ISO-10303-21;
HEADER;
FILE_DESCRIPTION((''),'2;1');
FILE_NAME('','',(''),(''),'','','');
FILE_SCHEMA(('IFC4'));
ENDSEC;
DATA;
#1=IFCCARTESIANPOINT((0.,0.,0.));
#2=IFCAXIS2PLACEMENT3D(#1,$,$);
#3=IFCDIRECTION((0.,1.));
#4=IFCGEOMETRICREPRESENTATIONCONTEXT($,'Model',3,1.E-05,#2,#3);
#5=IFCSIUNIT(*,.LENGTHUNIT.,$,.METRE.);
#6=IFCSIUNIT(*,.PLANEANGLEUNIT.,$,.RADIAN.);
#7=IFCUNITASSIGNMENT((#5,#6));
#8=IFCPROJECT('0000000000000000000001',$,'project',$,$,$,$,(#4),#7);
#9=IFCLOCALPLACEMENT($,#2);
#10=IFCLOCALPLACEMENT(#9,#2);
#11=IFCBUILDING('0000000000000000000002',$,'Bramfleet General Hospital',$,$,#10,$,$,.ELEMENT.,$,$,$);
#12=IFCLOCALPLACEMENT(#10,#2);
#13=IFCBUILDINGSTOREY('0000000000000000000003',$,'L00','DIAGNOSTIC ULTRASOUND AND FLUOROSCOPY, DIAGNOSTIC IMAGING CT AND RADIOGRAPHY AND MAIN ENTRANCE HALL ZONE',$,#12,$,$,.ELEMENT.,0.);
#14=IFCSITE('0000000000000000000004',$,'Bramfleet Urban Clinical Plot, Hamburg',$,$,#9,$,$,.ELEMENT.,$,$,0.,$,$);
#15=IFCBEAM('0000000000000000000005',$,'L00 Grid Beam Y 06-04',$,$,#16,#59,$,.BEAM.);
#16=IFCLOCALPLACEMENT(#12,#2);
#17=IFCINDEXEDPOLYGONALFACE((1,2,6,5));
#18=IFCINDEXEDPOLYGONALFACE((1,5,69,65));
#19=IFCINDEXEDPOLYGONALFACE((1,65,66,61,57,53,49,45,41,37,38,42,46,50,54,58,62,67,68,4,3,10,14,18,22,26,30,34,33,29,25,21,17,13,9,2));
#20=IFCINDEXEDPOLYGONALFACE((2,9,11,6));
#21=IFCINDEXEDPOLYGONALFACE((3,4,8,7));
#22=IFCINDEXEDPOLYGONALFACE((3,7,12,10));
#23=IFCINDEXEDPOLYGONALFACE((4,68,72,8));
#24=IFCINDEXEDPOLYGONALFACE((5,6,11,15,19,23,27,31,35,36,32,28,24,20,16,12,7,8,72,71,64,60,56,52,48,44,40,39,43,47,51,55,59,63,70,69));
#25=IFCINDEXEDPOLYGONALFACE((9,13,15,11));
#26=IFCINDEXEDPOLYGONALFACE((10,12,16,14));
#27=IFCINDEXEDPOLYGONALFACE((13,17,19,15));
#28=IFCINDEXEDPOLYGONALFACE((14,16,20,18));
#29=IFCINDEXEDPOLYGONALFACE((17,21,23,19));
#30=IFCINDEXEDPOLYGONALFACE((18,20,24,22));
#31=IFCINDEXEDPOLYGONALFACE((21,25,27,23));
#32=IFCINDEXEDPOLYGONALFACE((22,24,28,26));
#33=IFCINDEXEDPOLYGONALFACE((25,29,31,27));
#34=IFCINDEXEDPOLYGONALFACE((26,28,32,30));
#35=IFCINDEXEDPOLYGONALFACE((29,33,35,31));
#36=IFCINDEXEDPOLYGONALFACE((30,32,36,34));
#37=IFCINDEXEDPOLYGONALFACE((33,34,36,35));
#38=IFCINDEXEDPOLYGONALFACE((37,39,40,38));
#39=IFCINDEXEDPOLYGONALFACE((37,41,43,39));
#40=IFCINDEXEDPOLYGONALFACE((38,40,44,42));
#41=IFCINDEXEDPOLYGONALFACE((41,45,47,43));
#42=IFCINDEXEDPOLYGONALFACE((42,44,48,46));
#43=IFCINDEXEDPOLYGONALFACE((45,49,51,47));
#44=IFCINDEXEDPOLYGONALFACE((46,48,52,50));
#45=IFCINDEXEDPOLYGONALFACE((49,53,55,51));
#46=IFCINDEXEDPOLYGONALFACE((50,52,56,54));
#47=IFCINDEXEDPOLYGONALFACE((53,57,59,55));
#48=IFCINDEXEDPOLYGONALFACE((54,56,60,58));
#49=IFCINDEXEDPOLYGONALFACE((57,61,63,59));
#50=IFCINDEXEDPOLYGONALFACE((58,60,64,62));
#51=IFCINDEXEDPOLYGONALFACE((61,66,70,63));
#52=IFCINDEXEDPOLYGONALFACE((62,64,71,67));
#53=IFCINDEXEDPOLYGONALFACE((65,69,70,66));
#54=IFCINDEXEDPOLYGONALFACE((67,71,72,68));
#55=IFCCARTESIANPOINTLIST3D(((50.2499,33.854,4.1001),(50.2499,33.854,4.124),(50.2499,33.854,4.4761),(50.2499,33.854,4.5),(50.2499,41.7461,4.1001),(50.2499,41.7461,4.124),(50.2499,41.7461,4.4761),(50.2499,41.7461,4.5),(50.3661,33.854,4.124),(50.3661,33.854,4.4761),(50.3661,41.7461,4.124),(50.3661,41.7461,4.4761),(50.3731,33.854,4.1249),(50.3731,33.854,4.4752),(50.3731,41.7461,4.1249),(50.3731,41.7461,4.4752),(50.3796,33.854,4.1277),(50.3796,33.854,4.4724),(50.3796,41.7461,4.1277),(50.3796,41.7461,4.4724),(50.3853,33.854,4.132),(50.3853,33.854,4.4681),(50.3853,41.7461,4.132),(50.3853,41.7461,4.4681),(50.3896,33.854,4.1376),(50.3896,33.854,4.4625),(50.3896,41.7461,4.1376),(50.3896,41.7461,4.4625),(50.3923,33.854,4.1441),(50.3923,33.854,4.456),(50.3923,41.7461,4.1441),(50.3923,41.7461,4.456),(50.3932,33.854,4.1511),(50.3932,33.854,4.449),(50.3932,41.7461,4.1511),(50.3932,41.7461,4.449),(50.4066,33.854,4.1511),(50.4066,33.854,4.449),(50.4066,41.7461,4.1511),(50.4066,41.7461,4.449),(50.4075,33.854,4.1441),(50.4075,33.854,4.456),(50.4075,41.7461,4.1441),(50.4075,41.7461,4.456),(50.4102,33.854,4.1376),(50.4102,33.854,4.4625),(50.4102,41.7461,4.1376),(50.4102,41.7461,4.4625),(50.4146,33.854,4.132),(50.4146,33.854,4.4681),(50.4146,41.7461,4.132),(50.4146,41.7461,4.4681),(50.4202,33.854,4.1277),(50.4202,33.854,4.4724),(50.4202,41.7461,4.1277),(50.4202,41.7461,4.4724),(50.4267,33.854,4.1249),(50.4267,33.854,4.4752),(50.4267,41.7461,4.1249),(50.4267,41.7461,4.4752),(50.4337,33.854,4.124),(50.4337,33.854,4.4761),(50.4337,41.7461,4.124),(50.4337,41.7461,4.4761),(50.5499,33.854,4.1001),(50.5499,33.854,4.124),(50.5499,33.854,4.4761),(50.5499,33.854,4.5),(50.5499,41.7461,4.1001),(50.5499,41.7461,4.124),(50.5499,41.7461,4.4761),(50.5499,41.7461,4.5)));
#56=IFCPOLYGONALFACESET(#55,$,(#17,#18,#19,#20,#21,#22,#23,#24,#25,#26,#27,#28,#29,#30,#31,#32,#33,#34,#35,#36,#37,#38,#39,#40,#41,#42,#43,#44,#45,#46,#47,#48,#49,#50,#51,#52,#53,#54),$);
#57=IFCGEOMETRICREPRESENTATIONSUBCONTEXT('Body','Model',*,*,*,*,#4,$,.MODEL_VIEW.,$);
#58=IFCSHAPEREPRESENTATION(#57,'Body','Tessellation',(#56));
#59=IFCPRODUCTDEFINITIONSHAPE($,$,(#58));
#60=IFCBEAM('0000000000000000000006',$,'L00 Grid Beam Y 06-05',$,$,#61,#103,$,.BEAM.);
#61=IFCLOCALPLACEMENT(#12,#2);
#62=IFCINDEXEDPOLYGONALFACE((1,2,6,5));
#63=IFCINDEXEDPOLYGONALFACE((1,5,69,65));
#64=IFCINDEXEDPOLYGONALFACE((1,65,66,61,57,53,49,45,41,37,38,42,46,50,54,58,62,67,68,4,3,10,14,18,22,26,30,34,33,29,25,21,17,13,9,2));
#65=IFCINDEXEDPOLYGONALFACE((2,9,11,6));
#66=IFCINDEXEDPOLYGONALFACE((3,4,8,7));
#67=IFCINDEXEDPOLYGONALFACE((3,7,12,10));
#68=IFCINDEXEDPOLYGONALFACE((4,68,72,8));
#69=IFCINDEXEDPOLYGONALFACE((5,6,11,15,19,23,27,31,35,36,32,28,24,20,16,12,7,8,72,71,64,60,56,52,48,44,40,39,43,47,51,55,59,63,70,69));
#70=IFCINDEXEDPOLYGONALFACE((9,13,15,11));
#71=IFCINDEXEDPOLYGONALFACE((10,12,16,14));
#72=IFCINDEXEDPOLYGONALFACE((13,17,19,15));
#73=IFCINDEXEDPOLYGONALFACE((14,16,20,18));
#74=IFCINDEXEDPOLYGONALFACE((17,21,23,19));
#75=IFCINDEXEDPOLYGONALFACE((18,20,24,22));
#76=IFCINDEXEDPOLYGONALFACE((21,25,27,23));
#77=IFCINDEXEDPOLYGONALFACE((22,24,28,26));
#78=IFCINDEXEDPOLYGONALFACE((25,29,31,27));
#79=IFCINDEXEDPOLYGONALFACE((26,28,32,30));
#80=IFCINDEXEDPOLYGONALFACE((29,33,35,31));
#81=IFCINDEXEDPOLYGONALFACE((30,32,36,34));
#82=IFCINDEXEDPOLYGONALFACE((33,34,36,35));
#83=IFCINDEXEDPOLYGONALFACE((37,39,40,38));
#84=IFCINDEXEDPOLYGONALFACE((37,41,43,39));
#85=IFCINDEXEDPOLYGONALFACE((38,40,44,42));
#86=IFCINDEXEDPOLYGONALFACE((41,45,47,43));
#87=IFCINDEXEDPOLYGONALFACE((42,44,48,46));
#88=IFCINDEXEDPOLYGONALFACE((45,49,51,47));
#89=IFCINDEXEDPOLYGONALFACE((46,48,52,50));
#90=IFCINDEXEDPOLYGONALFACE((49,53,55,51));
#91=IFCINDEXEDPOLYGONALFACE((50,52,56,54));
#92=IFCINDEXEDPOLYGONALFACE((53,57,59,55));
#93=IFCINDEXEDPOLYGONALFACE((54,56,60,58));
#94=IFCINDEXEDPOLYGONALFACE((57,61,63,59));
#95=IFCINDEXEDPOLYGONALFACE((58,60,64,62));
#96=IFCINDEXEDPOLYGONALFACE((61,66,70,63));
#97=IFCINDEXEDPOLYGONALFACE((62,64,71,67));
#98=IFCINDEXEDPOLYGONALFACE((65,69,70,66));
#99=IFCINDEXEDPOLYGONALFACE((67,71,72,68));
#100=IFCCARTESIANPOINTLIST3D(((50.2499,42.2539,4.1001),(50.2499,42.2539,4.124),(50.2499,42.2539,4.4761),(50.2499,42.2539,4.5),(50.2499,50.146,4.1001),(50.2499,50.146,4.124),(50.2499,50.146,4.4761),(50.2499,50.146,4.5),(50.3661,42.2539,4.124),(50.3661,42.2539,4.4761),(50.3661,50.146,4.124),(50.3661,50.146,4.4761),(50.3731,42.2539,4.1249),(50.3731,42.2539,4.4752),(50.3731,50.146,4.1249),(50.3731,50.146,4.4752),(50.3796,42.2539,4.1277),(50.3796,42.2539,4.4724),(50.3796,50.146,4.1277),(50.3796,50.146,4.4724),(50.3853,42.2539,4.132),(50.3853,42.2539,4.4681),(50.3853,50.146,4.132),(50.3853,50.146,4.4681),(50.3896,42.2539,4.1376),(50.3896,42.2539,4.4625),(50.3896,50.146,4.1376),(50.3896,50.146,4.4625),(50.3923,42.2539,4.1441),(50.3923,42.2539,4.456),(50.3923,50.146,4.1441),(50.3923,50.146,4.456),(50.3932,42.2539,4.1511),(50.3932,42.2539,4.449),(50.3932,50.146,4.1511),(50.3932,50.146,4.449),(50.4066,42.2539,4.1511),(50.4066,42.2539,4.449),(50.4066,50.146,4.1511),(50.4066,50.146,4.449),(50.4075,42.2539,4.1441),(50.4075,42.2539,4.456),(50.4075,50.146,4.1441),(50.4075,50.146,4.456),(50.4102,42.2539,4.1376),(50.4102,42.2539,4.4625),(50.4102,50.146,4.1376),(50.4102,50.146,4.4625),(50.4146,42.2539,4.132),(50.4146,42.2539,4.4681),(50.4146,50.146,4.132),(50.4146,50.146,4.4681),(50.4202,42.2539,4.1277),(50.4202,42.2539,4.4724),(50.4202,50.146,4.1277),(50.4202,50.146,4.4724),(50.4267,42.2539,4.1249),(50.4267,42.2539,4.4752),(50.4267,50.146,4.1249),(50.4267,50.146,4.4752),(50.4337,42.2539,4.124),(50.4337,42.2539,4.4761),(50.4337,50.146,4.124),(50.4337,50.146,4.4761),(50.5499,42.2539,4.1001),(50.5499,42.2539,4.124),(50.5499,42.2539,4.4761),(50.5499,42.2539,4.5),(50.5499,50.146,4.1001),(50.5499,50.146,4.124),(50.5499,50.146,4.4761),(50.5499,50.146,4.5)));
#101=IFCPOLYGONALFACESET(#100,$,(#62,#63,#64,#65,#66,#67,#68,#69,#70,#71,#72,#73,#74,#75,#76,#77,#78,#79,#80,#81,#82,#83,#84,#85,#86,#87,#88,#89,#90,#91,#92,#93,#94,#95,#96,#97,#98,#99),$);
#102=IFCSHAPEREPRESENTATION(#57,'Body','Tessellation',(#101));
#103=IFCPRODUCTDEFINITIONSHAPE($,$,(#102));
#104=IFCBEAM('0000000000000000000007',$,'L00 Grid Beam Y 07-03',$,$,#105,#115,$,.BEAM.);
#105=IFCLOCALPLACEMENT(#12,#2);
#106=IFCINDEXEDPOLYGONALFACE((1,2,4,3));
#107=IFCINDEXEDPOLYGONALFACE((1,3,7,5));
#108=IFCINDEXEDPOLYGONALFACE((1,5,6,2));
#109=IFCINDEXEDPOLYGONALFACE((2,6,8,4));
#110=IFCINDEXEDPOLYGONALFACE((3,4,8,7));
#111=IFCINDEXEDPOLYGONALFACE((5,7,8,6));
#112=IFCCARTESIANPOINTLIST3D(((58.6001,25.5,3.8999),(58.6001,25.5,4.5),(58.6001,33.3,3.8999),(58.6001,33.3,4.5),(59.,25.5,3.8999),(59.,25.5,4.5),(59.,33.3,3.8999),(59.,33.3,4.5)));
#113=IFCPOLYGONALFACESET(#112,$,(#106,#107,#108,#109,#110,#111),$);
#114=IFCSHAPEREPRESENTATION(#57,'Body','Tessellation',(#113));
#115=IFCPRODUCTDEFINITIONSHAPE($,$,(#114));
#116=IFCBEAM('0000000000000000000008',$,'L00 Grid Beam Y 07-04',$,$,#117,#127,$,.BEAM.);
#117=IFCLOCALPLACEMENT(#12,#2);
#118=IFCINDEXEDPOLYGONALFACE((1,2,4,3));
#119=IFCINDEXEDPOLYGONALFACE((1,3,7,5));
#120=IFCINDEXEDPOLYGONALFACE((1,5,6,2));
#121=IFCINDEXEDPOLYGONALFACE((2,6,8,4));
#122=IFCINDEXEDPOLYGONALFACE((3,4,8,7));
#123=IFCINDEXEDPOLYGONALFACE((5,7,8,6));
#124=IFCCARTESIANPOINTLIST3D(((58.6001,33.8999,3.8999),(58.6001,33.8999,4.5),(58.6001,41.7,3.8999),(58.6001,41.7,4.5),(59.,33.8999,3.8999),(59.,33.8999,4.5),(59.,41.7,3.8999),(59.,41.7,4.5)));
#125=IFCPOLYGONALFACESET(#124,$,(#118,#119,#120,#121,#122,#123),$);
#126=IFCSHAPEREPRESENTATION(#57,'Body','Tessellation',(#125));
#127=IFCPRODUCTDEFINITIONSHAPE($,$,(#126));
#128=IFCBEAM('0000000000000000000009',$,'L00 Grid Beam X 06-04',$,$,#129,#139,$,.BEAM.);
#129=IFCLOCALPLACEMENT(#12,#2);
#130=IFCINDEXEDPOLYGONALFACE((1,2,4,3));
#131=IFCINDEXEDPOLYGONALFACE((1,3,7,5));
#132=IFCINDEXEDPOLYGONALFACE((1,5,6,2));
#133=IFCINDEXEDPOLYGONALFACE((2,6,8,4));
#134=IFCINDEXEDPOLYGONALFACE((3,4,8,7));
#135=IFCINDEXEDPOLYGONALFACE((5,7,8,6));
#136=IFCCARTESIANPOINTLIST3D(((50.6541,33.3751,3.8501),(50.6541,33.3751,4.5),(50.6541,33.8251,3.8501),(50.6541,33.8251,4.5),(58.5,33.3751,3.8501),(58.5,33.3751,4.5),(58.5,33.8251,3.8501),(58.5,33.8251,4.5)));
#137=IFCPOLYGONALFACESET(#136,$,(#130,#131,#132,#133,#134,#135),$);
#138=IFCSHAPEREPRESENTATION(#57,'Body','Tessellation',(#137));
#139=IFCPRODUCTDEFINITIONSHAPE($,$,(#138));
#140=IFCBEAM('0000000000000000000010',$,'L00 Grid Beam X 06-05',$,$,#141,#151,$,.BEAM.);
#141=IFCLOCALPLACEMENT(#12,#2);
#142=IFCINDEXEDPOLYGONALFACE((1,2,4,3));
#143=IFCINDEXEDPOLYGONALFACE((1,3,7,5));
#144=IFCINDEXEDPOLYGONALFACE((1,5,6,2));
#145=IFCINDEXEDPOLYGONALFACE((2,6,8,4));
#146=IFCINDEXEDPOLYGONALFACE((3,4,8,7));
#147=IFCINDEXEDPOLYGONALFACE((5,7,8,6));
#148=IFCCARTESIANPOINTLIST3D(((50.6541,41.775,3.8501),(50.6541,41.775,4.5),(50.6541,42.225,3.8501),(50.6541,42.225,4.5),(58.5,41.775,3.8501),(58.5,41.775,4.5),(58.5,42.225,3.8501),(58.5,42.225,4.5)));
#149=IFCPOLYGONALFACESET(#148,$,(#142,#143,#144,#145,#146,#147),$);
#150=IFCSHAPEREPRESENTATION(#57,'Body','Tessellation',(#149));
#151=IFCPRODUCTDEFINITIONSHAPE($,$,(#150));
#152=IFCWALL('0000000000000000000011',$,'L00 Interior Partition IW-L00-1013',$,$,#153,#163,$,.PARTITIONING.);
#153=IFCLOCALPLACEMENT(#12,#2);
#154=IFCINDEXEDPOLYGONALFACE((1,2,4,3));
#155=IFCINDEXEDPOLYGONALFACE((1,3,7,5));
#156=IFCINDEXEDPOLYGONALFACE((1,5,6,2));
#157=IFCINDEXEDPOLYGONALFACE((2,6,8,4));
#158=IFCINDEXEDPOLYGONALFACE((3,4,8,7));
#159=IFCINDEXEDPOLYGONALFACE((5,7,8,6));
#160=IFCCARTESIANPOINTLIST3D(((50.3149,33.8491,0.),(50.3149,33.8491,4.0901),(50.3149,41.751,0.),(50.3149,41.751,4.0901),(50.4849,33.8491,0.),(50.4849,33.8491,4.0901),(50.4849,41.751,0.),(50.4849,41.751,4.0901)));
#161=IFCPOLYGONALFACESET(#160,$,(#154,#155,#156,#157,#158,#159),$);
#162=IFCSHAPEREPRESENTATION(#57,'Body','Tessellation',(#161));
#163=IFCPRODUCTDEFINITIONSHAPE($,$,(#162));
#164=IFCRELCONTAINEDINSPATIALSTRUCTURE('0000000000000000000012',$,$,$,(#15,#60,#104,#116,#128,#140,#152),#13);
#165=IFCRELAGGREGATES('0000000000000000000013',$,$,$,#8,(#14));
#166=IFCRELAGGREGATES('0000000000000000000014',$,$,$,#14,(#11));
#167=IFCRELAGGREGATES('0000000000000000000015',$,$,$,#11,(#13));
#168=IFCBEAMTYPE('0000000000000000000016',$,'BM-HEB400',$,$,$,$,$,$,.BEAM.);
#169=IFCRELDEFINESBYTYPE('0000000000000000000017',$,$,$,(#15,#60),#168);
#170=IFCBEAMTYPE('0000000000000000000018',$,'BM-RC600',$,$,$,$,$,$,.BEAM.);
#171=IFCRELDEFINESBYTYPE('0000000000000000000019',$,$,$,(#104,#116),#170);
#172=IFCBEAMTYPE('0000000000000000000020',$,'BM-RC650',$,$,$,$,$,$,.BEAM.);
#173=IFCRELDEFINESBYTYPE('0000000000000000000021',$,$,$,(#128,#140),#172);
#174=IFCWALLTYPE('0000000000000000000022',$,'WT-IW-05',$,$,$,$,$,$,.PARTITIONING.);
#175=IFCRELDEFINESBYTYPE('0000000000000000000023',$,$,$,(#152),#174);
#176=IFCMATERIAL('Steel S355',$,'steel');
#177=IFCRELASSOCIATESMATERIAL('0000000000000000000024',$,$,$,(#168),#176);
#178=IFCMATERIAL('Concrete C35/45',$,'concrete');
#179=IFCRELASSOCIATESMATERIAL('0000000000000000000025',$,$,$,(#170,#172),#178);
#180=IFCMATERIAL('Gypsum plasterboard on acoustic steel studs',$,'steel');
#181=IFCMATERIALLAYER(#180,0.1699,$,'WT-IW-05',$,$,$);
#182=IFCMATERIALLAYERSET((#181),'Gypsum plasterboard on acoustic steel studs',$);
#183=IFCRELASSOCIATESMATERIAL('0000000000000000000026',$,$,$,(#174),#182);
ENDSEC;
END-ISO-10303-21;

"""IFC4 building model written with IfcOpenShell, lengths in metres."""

from ifc_helpers import new_model, si_unit, direction, frame, frame_2d, origin, origin_2d, place, context, subcontext, project, spatial, rectangle, i_section, extrude, material, layer, layer_set, material_profile, profile_set, type_object, element, save


model = new_model("IFC4")

# Units and contexts
model_context = context("Model", 3, precision=1e-05, world=origin(), true_north=direction((0.0, 1.0)))
body_context = subcontext(model_context, "Body", "Model", "MODEL_VIEW")
ifc_project = project(units=[si_unit("LENGTHUNIT", "METRE"), si_unit("PLANEANGLEUNIT", "RADIAN")], contexts=[model_context])

# Site, building, storey
site_placement = place(None, origin())
site = spatial("IfcSite", under=ifc_project, at=site_placement, Name="Bramfleet Urban Clinical Plot, Hamburg", CompositionType="ELEMENT", RefElevation=0.0)
building_placement = place(site_placement, origin())
building = spatial("IfcBuilding", under=site, at=building_placement, Name="Bramfleet General Hospital", CompositionType="ELEMENT")
storey_placement = place(building_placement, origin())
storey = spatial("IfcBuildingStorey", under=building, at=storey_placement, Name="L00", Description="DIAGNOSTIC ULTRASOUND AND FLUOROSCOPY, DIAGNOSTIC IMAGING CT AND RADIOGRAPHY AND MAIN ENTRANCE HALL ZONE", CompositionType="ELEMENT", Elevation=0.0)

# Shared definitions
ifc_material_1 = material(Name="Steel S355", Category="steel")

# Beams
ifc_material_profile_1 = material_profile(ifc_material_1, i_section(OverallWidth=0.3, OverallDepth=0.3999, WebThickness=0.0134, FlangeThickness=0.0239, FilletRadius=0.0271, at=origin_2d()), Name="HEB 400")
ifc_profile_set_1 = profile_set([ifc_material_profile_1], Name="Steel S355")
beam_type_1 = type_object("IfcBeamType", Name="BM-HEB400", PredefinedType="BEAM", material=ifc_profile_set_1)
for number, where, z_axis, x_axis, name in (
    (1, (50.3999, 33.854, 4.3), (0.0, 1.0, 0.0), (-1.0, 0.0, 0.0), "L00 Grid Beam Y 06-04"),
    (2, (50.3999, 42.2539, 4.3), (0.0, 1.0, 0.0), (-1.0, 0.0, 0.0), "L00 Grid Beam Y 06-05"),
):
    element("IfcBeam", number, at=place(storey_placement, frame(where, z_axis=z_axis, x_axis=x_axis)), inside=storey, type_object=beam_type_1, Name=name, PredefinedType="BEAM", context=body_context, shape_type="SweptSolid", body=[
        extrude(i_section(OverallWidth=0.3, OverallDepth=0.3999, WebThickness=0.0134, FlangeThickness=0.0239, FilletRadius=0.0271, at=origin_2d()), origin(), (0.0, 0.0, 1.0), 7.8921),
    ])
ifc_material_2 = material(Name="Concrete C35/45", Category="concrete")
ifc_material_profile_2 = material_profile(ifc_material_2, rectangle(XDim=0.3999, YDim=0.6001, at=origin_2d()), Name="RC BM 600x400")
ifc_profile_set_2 = profile_set([ifc_material_profile_2], Name="Concrete C35/45")
beam_type_2 = type_object("IfcBeamType", Name="BM-RC600", PredefinedType="BEAM", material=ifc_profile_set_2)
for number, where, z_axis, x_axis, name in (
    (3, (58.8, 25.5, 4.2), (0.0, 1.0, 0.0), (-1.0, 0.0, 0.0), "L00 Grid Beam Y 07-03"),
    (4, (58.8, 33.8999, 4.2), (0.0, 1.0, 0.0), (-1.0, 0.0, 0.0), "L00 Grid Beam Y 07-04"),
):
    element("IfcBeam", number, at=place(storey_placement, frame(where, z_axis=z_axis, x_axis=x_axis)), inside=storey, type_object=beam_type_2, Name=name, PredefinedType="BEAM", context=body_context, shape_type="SweptSolid", body=[
        extrude(rectangle(XDim=0.3999, YDim=0.6001, at=origin_2d()), origin(), (0.0, 0.0, 1.0), 7.8),
    ])
ifc_material_profile_3 = material_profile(ifc_material_2, rectangle(XDim=0.45, YDim=0.6499, at=origin_2d()), Name="RC BM 650x450")
ifc_profile_set_3 = profile_set([ifc_material_profile_3], Name="Concrete C35/45")
beam_type_3 = type_object("IfcBeamType", Name="BM-RC650", PredefinedType="BEAM", material=ifc_profile_set_3)
for number, where, z_axis, x_axis, name in (
    (5, (50.6541, 33.6001, 4.175), (1.0, 0.0, 0.0), (0.0, 1.0, 0.0), "L00 Grid Beam X 06-04"),
    (6, (50.6541, 42.0, 4.175), (1.0, 0.0, 0.0), (0.0, 1.0, 0.0), "L00 Grid Beam X 06-05"),
):
    element("IfcBeam", number, at=place(storey_placement, frame(where, z_axis=z_axis, x_axis=x_axis)), inside=storey, type_object=beam_type_3, Name=name, PredefinedType="BEAM", context=body_context, shape_type="SweptSolid", body=[
        extrude(rectangle(XDim=0.45, YDim=0.6499, at=origin_2d()), origin(), (0.0, 0.0, 1.0), 7.8459),
    ])

# Wall
ifc_material_3 = material(Name="Gypsum plasterboard on acoustic steel studs", Category="steel")
ifc_layer_1 = layer(ifc_material_3, 0.1699, Name="WT-IW-05")
ifc_layer_set_1 = layer_set([ifc_layer_1], Name="Gypsum plasterboard on acoustic steel studs")
wall_type_1 = type_object("IfcWallType", Name="WT-IW-05", PredefinedType="PARTITIONING", material=ifc_layer_set_1)
wall_1_placement = place(storey_placement, frame((50.3999, 33.8491, 0.0), z_axis=(0.0, 0.0, 1.0), x_axis=(0.0, 1.0, 0.0)))
element("IfcWall", 7, at=wall_1_placement, inside=storey, type_object=wall_type_1, Name="L00 Interior Partition IW-L00-1013", PredefinedType="PARTITIONING", context=body_context, shape_type="SweptSolid", body=[
    extrude(rectangle(XDim=7.9019, YDim=0.1699, at=frame_2d((3.9509, 0.0))), origin(), (0.0, 0.0, 1.0), 4.0901),
])

save(model, "model.ifc")
